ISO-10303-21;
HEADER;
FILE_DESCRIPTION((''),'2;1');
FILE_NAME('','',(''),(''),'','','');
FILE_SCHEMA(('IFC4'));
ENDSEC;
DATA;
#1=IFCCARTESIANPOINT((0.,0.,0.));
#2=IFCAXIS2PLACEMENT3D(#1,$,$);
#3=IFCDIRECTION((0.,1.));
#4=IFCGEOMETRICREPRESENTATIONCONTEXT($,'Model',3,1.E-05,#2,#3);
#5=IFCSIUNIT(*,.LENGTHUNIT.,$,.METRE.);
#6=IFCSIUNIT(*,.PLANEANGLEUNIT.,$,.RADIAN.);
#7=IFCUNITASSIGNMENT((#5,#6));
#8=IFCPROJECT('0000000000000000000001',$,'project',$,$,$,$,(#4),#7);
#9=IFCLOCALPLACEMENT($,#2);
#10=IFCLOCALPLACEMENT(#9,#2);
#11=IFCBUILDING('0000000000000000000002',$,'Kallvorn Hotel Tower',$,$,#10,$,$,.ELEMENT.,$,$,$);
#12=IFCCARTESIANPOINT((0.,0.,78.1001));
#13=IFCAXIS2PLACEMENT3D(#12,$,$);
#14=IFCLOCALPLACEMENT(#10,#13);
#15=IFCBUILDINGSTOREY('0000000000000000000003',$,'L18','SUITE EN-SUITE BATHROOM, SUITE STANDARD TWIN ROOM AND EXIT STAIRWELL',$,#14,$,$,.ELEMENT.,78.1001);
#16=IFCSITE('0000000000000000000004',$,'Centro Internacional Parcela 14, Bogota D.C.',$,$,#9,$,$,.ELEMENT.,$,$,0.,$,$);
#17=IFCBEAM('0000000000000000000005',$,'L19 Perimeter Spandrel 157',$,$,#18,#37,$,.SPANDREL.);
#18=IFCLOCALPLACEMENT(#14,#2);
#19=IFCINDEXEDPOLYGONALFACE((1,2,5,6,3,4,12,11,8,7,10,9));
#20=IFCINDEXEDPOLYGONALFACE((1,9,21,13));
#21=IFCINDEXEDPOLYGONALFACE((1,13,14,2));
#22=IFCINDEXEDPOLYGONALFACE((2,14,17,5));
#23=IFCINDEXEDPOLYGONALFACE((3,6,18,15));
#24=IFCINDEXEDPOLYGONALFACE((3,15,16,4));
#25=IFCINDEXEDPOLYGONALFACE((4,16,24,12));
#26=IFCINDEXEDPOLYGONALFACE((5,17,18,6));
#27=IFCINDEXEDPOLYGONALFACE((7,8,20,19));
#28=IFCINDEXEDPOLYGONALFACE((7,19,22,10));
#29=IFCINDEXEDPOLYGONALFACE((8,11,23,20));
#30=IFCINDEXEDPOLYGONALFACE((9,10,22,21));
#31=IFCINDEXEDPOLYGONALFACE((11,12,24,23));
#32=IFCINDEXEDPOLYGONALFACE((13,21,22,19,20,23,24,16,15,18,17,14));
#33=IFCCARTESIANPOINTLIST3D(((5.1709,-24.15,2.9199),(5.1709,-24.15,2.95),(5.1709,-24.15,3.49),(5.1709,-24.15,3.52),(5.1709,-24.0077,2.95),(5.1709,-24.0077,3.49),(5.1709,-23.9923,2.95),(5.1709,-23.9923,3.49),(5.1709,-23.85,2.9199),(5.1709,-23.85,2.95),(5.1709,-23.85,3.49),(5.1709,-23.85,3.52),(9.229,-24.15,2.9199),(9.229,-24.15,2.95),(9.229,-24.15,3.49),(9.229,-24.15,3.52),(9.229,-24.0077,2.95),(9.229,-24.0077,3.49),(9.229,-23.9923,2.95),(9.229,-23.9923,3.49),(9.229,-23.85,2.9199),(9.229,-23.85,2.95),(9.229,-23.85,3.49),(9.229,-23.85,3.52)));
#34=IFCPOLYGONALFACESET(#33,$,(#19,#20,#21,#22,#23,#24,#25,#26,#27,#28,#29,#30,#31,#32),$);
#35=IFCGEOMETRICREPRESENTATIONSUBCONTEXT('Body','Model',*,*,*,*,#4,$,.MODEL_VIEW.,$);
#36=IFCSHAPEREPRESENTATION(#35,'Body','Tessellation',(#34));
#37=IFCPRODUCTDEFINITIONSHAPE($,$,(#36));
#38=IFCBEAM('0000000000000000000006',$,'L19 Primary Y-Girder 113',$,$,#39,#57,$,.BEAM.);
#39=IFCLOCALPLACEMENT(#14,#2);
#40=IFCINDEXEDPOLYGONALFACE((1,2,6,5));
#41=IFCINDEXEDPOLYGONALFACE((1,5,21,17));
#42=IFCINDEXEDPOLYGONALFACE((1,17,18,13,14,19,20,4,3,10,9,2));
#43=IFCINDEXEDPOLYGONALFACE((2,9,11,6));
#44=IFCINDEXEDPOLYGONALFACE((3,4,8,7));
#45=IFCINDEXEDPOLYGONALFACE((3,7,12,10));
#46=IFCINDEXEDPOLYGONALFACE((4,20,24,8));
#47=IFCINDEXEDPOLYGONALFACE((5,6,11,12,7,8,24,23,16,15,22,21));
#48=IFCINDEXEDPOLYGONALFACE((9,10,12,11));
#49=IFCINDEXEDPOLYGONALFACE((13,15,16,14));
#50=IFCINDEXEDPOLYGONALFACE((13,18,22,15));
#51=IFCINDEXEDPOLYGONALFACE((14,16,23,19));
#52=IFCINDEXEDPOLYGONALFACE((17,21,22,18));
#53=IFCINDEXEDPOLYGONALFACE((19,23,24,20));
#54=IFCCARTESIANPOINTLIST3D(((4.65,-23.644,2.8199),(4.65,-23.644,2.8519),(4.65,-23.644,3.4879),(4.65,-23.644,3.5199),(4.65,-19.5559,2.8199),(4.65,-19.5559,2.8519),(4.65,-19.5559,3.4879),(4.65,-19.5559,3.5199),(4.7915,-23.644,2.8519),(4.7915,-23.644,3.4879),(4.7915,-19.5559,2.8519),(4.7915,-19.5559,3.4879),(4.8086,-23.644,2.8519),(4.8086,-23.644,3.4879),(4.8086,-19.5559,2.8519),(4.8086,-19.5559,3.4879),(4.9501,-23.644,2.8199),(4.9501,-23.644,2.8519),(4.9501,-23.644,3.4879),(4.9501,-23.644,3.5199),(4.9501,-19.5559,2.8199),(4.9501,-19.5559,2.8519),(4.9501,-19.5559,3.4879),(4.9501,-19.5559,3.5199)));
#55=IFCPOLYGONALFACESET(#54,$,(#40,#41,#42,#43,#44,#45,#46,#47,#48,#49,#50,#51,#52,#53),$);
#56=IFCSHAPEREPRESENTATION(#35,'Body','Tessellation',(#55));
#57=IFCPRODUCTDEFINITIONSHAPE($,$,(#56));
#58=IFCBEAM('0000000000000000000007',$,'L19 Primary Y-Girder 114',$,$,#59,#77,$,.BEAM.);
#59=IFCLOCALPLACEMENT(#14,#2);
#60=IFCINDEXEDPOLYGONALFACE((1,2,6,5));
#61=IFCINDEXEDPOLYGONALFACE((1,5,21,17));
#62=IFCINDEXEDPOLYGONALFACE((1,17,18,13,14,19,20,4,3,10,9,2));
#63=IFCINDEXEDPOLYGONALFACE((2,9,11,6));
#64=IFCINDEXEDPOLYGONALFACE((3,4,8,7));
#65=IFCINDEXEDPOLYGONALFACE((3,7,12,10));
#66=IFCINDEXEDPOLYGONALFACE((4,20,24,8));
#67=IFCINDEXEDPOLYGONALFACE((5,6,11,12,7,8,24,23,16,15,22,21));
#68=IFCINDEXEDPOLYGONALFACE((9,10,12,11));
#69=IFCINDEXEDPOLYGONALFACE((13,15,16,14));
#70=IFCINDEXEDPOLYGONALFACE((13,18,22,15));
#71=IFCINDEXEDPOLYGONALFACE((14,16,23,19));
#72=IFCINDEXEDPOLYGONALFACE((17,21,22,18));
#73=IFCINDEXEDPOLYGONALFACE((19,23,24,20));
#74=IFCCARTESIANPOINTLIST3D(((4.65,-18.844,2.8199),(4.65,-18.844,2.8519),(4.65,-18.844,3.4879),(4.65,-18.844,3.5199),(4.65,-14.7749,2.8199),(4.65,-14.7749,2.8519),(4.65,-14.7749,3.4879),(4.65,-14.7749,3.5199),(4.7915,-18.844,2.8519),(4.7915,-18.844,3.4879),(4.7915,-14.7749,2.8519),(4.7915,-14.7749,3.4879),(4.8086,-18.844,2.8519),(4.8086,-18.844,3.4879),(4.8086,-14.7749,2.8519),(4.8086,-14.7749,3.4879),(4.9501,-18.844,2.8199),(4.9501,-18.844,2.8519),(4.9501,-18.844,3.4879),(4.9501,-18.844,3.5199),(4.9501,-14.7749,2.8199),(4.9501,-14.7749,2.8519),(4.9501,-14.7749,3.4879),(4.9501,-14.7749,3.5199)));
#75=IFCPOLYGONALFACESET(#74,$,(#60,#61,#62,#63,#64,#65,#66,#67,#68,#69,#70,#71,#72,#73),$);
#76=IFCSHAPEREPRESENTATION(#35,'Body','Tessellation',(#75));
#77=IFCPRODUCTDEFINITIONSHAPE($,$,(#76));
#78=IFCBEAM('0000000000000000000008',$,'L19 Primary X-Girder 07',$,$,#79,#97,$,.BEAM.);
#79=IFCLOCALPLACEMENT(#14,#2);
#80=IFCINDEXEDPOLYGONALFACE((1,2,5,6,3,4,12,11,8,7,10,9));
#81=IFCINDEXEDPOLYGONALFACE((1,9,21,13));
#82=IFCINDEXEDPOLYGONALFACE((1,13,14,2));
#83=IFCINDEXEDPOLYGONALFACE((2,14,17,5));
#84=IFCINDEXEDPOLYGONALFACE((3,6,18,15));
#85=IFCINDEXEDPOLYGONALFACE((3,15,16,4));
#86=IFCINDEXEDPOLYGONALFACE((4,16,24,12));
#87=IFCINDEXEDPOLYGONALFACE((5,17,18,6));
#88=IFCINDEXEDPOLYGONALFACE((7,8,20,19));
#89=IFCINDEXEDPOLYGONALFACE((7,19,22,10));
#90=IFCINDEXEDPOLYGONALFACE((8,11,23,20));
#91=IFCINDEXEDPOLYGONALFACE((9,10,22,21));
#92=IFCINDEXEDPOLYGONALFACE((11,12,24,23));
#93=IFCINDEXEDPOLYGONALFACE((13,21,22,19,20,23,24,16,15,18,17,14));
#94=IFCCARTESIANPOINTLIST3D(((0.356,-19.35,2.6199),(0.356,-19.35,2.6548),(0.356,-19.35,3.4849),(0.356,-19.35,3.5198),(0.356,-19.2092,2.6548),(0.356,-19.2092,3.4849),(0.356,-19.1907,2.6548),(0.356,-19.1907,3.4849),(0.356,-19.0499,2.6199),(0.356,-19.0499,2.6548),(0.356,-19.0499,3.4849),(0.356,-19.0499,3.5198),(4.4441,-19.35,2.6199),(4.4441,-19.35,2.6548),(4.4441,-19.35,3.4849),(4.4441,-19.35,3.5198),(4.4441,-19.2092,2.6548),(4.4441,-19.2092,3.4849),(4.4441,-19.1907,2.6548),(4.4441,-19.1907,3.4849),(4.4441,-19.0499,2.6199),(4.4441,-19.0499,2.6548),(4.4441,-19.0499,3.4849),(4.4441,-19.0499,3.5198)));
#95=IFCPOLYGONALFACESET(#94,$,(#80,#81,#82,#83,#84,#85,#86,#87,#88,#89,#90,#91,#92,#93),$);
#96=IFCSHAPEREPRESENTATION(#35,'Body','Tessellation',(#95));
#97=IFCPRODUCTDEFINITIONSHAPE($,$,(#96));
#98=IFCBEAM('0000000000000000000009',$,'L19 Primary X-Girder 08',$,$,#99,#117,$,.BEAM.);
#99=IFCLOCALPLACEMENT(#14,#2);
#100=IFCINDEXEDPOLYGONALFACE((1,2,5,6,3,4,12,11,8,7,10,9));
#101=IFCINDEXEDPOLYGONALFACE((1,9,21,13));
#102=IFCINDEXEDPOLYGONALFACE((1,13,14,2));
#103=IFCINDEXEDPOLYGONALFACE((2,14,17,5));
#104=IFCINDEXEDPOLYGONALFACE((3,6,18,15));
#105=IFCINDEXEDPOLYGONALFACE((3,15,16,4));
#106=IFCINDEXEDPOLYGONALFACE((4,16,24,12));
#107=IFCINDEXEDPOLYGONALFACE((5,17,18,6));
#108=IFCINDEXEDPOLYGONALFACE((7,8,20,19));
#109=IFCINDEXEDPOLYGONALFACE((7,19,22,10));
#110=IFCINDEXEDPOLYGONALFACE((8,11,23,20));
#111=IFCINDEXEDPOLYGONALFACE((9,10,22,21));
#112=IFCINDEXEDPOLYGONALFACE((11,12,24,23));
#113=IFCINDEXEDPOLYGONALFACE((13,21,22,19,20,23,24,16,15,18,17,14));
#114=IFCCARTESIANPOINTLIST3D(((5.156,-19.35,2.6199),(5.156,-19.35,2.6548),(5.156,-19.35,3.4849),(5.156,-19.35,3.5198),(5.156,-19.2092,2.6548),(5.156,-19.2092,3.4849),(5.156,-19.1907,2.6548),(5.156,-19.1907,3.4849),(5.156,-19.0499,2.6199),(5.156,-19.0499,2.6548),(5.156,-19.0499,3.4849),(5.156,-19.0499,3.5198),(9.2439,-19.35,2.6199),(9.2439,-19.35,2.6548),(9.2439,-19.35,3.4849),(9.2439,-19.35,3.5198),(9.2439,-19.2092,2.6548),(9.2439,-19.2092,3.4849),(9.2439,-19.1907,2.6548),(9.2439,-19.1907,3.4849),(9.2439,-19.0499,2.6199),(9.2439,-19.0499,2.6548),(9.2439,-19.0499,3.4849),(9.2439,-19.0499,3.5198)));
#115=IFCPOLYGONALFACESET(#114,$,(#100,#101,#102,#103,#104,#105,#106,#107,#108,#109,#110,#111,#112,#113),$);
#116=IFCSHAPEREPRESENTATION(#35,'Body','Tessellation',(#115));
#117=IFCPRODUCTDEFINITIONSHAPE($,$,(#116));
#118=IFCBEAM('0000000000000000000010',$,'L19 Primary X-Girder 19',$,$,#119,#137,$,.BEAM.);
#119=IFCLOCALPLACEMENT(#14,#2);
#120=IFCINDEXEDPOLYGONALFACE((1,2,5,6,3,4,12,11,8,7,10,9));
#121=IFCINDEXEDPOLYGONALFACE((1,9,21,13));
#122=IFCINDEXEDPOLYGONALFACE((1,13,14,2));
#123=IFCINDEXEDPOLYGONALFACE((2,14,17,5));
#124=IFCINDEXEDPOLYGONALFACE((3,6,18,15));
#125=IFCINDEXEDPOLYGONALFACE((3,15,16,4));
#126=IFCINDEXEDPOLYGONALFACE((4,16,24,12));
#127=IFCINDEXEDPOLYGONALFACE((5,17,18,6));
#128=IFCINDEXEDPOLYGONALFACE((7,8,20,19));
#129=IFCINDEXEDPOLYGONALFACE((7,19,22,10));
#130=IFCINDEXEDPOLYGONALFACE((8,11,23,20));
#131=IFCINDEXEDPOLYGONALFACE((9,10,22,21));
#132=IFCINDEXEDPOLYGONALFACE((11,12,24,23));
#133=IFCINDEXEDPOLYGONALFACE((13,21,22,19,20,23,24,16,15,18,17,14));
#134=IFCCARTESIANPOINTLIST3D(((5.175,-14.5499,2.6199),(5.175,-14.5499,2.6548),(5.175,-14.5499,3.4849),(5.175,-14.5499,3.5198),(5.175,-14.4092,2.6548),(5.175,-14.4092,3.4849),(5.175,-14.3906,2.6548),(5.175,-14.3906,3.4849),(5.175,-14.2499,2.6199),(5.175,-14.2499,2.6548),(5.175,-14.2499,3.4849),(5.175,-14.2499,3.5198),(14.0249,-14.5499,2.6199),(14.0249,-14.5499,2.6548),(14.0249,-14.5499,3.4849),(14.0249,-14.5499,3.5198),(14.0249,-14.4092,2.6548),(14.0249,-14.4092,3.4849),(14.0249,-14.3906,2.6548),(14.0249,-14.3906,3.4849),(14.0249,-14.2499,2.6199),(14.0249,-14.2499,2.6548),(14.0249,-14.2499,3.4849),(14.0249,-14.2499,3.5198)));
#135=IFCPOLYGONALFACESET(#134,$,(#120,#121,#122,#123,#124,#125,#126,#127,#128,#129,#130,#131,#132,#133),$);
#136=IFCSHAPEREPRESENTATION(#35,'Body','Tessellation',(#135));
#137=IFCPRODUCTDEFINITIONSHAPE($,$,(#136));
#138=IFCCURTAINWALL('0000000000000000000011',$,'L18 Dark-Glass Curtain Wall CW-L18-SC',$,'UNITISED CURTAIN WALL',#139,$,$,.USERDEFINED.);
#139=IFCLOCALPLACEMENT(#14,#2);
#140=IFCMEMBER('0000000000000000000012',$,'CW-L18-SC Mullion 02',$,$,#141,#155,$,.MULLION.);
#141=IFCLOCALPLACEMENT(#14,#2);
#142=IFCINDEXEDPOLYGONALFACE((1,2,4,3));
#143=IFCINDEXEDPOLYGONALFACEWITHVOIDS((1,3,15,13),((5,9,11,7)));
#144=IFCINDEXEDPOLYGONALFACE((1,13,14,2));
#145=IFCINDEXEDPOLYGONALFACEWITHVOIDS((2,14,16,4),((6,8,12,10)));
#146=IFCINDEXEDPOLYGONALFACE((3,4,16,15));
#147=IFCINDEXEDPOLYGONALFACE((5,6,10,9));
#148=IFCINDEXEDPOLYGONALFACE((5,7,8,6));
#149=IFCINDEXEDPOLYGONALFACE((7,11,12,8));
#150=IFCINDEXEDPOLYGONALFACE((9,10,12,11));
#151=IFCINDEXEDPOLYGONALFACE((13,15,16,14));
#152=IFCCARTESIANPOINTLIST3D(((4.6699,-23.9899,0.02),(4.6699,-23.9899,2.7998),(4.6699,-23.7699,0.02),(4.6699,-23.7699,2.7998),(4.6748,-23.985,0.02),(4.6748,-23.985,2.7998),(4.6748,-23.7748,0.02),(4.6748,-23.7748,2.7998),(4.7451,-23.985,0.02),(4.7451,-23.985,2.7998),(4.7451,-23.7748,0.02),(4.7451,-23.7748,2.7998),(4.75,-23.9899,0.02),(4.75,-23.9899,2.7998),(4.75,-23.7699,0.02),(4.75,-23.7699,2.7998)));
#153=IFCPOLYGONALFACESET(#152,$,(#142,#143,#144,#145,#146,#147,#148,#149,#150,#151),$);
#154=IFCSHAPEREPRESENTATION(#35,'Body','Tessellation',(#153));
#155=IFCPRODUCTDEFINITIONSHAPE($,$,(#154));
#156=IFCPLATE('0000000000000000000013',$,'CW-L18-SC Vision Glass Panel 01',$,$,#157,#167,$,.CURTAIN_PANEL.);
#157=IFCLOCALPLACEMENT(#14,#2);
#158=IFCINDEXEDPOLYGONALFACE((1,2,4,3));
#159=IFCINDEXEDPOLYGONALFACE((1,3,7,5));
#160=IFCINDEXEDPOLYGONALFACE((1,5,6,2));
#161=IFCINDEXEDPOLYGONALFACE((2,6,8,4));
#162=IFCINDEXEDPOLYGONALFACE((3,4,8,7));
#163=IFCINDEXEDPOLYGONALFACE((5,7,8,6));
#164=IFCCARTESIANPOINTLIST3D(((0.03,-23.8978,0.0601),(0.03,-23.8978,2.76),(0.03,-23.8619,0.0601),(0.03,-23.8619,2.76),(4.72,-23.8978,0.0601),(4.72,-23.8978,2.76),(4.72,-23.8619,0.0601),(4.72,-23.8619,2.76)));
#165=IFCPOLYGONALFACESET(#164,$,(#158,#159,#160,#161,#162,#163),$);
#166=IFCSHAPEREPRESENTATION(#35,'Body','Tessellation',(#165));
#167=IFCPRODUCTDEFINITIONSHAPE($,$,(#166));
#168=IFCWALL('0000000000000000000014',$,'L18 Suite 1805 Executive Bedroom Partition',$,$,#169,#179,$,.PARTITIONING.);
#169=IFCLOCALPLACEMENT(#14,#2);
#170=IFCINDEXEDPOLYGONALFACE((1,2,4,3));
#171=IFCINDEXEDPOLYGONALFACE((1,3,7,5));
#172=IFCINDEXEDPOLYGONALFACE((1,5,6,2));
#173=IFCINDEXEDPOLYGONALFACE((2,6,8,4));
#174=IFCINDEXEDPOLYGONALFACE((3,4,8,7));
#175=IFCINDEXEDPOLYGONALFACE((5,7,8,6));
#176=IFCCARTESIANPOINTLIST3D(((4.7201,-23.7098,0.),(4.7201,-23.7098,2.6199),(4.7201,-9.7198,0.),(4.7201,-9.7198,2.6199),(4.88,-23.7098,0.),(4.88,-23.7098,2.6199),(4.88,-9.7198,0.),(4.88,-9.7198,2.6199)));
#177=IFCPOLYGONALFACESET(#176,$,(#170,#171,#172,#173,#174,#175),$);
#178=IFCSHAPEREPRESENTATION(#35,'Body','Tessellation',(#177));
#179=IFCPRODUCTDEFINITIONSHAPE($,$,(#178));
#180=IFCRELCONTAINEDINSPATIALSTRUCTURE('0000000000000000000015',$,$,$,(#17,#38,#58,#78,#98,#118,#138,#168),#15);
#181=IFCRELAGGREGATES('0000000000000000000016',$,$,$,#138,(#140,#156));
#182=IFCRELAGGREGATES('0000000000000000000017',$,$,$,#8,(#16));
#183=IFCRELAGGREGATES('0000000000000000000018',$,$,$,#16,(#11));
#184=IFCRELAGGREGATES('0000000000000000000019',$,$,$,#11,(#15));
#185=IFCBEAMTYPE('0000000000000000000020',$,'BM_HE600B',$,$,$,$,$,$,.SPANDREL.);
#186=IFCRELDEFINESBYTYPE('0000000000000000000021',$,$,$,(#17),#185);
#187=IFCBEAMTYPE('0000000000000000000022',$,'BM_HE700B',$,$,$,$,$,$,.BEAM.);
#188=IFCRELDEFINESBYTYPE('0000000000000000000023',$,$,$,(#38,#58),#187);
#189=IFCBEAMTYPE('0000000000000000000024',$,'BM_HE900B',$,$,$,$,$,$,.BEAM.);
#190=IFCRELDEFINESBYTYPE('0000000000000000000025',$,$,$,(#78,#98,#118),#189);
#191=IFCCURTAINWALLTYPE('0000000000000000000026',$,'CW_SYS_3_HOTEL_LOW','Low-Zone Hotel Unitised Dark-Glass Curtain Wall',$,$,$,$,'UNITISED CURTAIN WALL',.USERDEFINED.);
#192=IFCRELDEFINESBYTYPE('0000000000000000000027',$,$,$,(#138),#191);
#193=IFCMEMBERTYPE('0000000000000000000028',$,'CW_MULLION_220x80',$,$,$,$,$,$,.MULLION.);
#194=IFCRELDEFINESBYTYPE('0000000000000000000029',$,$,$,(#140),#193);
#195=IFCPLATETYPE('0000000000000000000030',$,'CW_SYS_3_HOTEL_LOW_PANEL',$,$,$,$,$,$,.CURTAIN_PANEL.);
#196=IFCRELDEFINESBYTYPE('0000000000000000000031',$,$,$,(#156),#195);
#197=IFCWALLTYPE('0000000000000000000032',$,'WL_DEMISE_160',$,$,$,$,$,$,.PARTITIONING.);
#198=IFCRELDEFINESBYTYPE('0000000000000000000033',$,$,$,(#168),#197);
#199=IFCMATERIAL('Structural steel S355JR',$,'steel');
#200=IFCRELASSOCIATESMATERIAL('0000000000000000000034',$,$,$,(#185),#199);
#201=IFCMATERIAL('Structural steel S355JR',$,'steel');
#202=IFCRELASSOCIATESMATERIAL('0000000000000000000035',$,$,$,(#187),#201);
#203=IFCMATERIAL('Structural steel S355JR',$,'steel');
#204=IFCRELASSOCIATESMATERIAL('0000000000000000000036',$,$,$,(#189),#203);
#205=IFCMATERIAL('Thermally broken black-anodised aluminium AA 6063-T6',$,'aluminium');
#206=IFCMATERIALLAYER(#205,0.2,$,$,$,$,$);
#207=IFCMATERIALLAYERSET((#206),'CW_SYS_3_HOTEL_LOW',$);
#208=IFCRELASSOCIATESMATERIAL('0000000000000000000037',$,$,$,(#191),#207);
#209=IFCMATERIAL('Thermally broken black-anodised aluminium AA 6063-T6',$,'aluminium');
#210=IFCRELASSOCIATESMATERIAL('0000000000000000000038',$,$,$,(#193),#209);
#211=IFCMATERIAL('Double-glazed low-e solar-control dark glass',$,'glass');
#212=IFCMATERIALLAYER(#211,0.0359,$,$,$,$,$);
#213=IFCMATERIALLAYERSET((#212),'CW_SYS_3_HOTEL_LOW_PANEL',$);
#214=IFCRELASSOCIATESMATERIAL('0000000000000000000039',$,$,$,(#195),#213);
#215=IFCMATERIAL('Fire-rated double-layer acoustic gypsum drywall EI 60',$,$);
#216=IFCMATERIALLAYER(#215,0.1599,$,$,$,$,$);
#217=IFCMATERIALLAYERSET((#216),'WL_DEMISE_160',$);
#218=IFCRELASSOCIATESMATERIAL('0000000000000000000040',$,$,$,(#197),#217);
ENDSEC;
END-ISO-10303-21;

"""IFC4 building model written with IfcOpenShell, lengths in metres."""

from ifc_helpers import new_model, si_unit, direction, frame, frame_2d, origin, origin_2d, place, context, subcontext, project, spatial, rectangle, hollow_rectangle, i_section, extrude, material, layer, layer_set, material_profile, profile_set, type_object, element, aggregate, save


model = new_model("IFC4")

# Units and contexts
model_context = context("Model", 3, precision=1e-05, world=origin(), true_north=direction((0.0, 1.0)))
body_context = subcontext(model_context, "Body", "Model", "MODEL_VIEW")
ifc_project = project(units=[si_unit("LENGTHUNIT", "METRE"), si_unit("PLANEANGLEUNIT", "RADIAN")], contexts=[model_context])

# Site, building, storey
site_placement = place(None, origin())
site = spatial("IfcSite", under=ifc_project, at=site_placement, Name="Centro Internacional Parcela 14, Bogota D.C.", CompositionType="ELEMENT", RefElevation=0.0)
building_placement = place(site_placement, origin())
building = spatial("IfcBuilding", under=site, at=building_placement, Name="Kallvorn Hotel Tower", CompositionType="ELEMENT")
storey_placement = place(building_placement, frame((0.0, 0.0, 78.1001)))
storey = spatial("IfcBuildingStorey", under=building, at=storey_placement, Name="L18", Description="SUITE EN-SUITE BATHROOM, SUITE STANDARD TWIN ROOM AND EXIT STAIRWELL", CompositionType="ELEMENT", Elevation=78.1001)

# Beams
ifc_material_1 = material(Name="Structural steel S355JR", Category="steel")
ifc_material_profile_1 = material_profile(ifc_material_1, i_section(OverallWidth=0.3, OverallDepth=0.6001, WebThickness=0.0154, FlangeThickness=0.03, at=origin_2d()), Name="HE 600 B")
ifc_profile_set_1 = profile_set([ifc_material_profile_1], Name="Structural steel S355JR")
beam_type_1 = type_object("IfcBeamType", Name="BM_HE600B", PredefinedType="SPANDREL", material=ifc_profile_set_1)
beam_1_placement = place(storey_placement, frame((5.1709, -24.0, 3.22), z_axis=(1.0, 0.0, 0.0), x_axis=(0.0, 1.0, 0.0)))
element("IfcBeam", 1, at=beam_1_placement, inside=storey, type_object=beam_type_1, Name="L19 Perimeter Spandrel 157", PredefinedType="SPANDREL", context=body_context, shape_type="SweptSolid", body=[
    extrude(i_section(OverallWidth=0.3, OverallDepth=0.6001, WebThickness=0.0154, FlangeThickness=0.03, at=origin_2d()), origin(), (0.0, 0.0, 1.0), 4.0581),
])
ifc_material_2 = material(Name="Structural steel S355JR", Category="steel")
ifc_material_profile_2 = material_profile(ifc_material_2, i_section(OverallWidth=0.3, OverallDepth=0.7, WebThickness=0.0171, FlangeThickness=0.032, at=origin_2d()), Name="HE 700 B")
ifc_profile_set_2 = profile_set([ifc_material_profile_2], Name="Structural steel S355JR")
beam_type_2 = type_object("IfcBeamType", Name="BM_HE700B", PredefinedType="BEAM", material=ifc_profile_set_2)
beam_2_placement = place(storey_placement, frame((4.8, -23.644, 3.1699), z_axis=(0.0, 1.0, 0.0), x_axis=(-1.0, 0.0, 0.0)))
element("IfcBeam", 2, at=beam_2_placement, inside=storey, type_object=beam_type_2, Name="L19 Primary Y-Girder 113", PredefinedType="BEAM", context=body_context, shape_type="SweptSolid", body=[
    extrude(i_section(OverallWidth=0.3, OverallDepth=0.7, WebThickness=0.0171, FlangeThickness=0.032, at=origin_2d()), origin(), (0.0, 0.0, 1.0), 4.0881),
])
beam_3_placement = place(storey_placement, frame((4.8, -18.844, 3.1699), z_axis=(0.0, 1.0, 0.0), x_axis=(-1.0, 0.0, 0.0)))
element("IfcBeam", 3, at=beam_3_placement, inside=storey, type_object=beam_type_2, Name="L19 Primary Y-Girder 114", PredefinedType="BEAM", context=body_context, shape_type="SweptSolid", body=[
    extrude(i_section(OverallWidth=0.3, OverallDepth=0.7, WebThickness=0.0171, FlangeThickness=0.032, at=origin_2d()), origin(), (0.0, 0.0, 1.0), 4.0691),
])
ifc_material_3 = material(Name="Structural steel S355JR", Category="steel")
ifc_material_profile_3 = material_profile(ifc_material_3, i_section(OverallWidth=0.3, OverallDepth=0.8999, WebThickness=0.0186, FlangeThickness=0.0349, at=origin_2d()), Name="HE 900 B")
ifc_profile_set_3 = profile_set([ifc_material_profile_3], Name="Structural steel S355JR")
beam_type_3 = type_object("IfcBeamType", Name="BM_HE900B", PredefinedType="BEAM", material=ifc_profile_set_3)
beam_4_placement = place(storey_placement, frame((0.356, -19.2, 3.0698), z_axis=(1.0, 0.0, 0.0), x_axis=(0.0, 1.0, 0.0)))
element("IfcBeam", 4, at=beam_4_placement, inside=storey, type_object=beam_type_3, Name="L19 Primary X-Girder 07", PredefinedType="BEAM", context=body_context, shape_type="SweptSolid", body=[
    extrude(i_section(OverallWidth=0.3, OverallDepth=0.8999, WebThickness=0.0186, FlangeThickness=0.0349, at=origin_2d()), origin(), (0.0, 0.0, 1.0), 4.0881),
])
beam_5_placement = place(storey_placement, frame((5.156, -19.2, 3.0698), z_axis=(1.0, 0.0, 0.0), x_axis=(0.0, 1.0, 0.0)))
element("IfcBeam", 5, at=beam_5_placement, inside=storey, type_object=beam_type_3, Name="L19 Primary X-Girder 08", PredefinedType="BEAM", context=body_context, shape_type="SweptSolid", body=[
    extrude(i_section(OverallWidth=0.3, OverallDepth=0.8999, WebThickness=0.0186, FlangeThickness=0.0349, at=origin_2d()), origin(), (0.0, 0.0, 1.0), 4.0879),
])
beam_6_placement = place(storey_placement, frame((5.175, -14.3999, 3.0698), z_axis=(1.0, 0.0, 0.0), x_axis=(0.0, 1.0, 0.0)))
element("IfcBeam", 6, at=beam_6_placement, inside=storey, type_object=beam_type_3, Name="L19 Primary X-Girder 19", PredefinedType="BEAM", context=body_context, shape_type="SweptSolid", body=[
    extrude(i_section(OverallWidth=0.3, OverallDepth=0.8999, WebThickness=0.0186, FlangeThickness=0.0349, at=origin_2d()), origin(), (0.0, 0.0, 1.0), 8.8499),
])

# Curtain wall, member, plate
ifc_material_4 = material(Name="Thermally broken black-anodised aluminium AA 6063-T6", Category="aluminium")
ifc_layer_1 = layer(ifc_material_4, 0.2)
ifc_layer_set_1 = layer_set([ifc_layer_1], Name="CW_SYS_3_HOTEL_LOW")
curtain_wall_type = type_object("IfcCurtainWallType", Name="CW_SYS_3_HOTEL_LOW", Description="Low-Zone Hotel Unitised Dark-Glass Curtain Wall", ElementType="UNITISED CURTAIN WALL", PredefinedType="USERDEFINED", material=ifc_layer_set_1)
curtain_wall_placement = place(storey_placement, origin())
curtain_wall = element("IfcCurtainWall", 7, at=curtain_wall_placement, inside=storey, type_object=curtain_wall_type, Name="L18 Dark-Glass Curtain Wall CW-L18-SC", ObjectType="UNITISED CURTAIN WALL", PredefinedType="USERDEFINED")
ifc_material_5 = material(Name="Thermally broken black-anodised aluminium AA 6063-T6", Category="aluminium")
ifc_material_profile_4 = material_profile(ifc_material_5, hollow_rectangle(XDim=0.0801, YDim=0.22, WallThickness=0.0049, at=origin_2d()), Name="MUL 220x80")
ifc_profile_set_4 = profile_set([ifc_material_profile_4], Name="Thermally broken black-anodised aluminium AA 6063-T6")
member_type = type_object("IfcMemberType", Name="CW_MULLION_220x80", PredefinedType="MULLION", material=ifc_profile_set_4)
member_placement = place(storey_placement, frame((4.71, -23.8799, 0.02), z_axis=(0.0, 0.0, 1.0), x_axis=(1.0, 0.0, 0.0)))
member = element("IfcMember", 8, at=member_placement, type_object=member_type, Name="CW-L18-SC Mullion 02", PredefinedType="MULLION", context=body_context, shape_type="SweptSolid", body=[
    extrude(hollow_rectangle(XDim=0.0801, YDim=0.22, WallThickness=0.0049, at=origin_2d()), origin(), (0.0, 0.0, 1.0), 2.7798),
])
ifc_material_6 = material(Name="Double-glazed low-e solar-control dark glass", Category="glass")
ifc_layer_2 = layer(ifc_material_6, 0.0359)
ifc_layer_set_2 = layer_set([ifc_layer_2], Name="CW_SYS_3_HOTEL_LOW_PANEL")
plate_type = type_object("IfcPlateType", Name="CW_SYS_3_HOTEL_LOW_PANEL", PredefinedType="CURTAIN_PANEL", material=ifc_layer_set_2)
plate_placement = place(storey_placement, frame((2.375, -23.8799, 0.0601), z_axis=(0.0, 0.0, 1.0), x_axis=(1.0, 0.0, 0.0)))
plate = element("IfcPlate", 9, at=plate_placement, type_object=plate_type, Name="CW-L18-SC Vision Glass Panel 01", PredefinedType="CURTAIN_PANEL", context=body_context, shape_type="SweptSolid", body=[
    extrude(rectangle(XDim=4.6899, YDim=0.0359, at=origin_2d()), origin(), (0.0, 0.0, 1.0), 2.7),
])
aggregate(curtain_wall, [member, plate])

# Wall
ifc_material_7 = material(Name="Fire-rated double-layer acoustic gypsum drywall EI 60")
ifc_layer_3 = layer(ifc_material_7, 0.1599)
ifc_layer_set_3 = layer_set([ifc_layer_3], Name="WL_DEMISE_160")
wall_type_1 = type_object("IfcWallType", Name="WL_DEMISE_160", PredefinedType="PARTITIONING", material=ifc_layer_set_3)
wall_1_placement = place(storey_placement, frame((4.8, -23.71, 0.0), z_axis=(0.0, 0.0, 1.0), x_axis=(0.0, 1.0, 0.0)))
element("IfcWall", 10, at=wall_1_placement, inside=storey, type_object=wall_type_1, Name="L18 Suite 1805 Executive Bedroom Partition", PredefinedType="PARTITIONING", context=body_context, shape_type="SweptSolid", body=[
    extrude(rectangle(XDim=13.99, YDim=0.1599, at=frame_2d((6.9951, 0.0))), origin(), (0.0, 0.0, 1.0), 2.6199),
])

save(model, "model.ifc")
